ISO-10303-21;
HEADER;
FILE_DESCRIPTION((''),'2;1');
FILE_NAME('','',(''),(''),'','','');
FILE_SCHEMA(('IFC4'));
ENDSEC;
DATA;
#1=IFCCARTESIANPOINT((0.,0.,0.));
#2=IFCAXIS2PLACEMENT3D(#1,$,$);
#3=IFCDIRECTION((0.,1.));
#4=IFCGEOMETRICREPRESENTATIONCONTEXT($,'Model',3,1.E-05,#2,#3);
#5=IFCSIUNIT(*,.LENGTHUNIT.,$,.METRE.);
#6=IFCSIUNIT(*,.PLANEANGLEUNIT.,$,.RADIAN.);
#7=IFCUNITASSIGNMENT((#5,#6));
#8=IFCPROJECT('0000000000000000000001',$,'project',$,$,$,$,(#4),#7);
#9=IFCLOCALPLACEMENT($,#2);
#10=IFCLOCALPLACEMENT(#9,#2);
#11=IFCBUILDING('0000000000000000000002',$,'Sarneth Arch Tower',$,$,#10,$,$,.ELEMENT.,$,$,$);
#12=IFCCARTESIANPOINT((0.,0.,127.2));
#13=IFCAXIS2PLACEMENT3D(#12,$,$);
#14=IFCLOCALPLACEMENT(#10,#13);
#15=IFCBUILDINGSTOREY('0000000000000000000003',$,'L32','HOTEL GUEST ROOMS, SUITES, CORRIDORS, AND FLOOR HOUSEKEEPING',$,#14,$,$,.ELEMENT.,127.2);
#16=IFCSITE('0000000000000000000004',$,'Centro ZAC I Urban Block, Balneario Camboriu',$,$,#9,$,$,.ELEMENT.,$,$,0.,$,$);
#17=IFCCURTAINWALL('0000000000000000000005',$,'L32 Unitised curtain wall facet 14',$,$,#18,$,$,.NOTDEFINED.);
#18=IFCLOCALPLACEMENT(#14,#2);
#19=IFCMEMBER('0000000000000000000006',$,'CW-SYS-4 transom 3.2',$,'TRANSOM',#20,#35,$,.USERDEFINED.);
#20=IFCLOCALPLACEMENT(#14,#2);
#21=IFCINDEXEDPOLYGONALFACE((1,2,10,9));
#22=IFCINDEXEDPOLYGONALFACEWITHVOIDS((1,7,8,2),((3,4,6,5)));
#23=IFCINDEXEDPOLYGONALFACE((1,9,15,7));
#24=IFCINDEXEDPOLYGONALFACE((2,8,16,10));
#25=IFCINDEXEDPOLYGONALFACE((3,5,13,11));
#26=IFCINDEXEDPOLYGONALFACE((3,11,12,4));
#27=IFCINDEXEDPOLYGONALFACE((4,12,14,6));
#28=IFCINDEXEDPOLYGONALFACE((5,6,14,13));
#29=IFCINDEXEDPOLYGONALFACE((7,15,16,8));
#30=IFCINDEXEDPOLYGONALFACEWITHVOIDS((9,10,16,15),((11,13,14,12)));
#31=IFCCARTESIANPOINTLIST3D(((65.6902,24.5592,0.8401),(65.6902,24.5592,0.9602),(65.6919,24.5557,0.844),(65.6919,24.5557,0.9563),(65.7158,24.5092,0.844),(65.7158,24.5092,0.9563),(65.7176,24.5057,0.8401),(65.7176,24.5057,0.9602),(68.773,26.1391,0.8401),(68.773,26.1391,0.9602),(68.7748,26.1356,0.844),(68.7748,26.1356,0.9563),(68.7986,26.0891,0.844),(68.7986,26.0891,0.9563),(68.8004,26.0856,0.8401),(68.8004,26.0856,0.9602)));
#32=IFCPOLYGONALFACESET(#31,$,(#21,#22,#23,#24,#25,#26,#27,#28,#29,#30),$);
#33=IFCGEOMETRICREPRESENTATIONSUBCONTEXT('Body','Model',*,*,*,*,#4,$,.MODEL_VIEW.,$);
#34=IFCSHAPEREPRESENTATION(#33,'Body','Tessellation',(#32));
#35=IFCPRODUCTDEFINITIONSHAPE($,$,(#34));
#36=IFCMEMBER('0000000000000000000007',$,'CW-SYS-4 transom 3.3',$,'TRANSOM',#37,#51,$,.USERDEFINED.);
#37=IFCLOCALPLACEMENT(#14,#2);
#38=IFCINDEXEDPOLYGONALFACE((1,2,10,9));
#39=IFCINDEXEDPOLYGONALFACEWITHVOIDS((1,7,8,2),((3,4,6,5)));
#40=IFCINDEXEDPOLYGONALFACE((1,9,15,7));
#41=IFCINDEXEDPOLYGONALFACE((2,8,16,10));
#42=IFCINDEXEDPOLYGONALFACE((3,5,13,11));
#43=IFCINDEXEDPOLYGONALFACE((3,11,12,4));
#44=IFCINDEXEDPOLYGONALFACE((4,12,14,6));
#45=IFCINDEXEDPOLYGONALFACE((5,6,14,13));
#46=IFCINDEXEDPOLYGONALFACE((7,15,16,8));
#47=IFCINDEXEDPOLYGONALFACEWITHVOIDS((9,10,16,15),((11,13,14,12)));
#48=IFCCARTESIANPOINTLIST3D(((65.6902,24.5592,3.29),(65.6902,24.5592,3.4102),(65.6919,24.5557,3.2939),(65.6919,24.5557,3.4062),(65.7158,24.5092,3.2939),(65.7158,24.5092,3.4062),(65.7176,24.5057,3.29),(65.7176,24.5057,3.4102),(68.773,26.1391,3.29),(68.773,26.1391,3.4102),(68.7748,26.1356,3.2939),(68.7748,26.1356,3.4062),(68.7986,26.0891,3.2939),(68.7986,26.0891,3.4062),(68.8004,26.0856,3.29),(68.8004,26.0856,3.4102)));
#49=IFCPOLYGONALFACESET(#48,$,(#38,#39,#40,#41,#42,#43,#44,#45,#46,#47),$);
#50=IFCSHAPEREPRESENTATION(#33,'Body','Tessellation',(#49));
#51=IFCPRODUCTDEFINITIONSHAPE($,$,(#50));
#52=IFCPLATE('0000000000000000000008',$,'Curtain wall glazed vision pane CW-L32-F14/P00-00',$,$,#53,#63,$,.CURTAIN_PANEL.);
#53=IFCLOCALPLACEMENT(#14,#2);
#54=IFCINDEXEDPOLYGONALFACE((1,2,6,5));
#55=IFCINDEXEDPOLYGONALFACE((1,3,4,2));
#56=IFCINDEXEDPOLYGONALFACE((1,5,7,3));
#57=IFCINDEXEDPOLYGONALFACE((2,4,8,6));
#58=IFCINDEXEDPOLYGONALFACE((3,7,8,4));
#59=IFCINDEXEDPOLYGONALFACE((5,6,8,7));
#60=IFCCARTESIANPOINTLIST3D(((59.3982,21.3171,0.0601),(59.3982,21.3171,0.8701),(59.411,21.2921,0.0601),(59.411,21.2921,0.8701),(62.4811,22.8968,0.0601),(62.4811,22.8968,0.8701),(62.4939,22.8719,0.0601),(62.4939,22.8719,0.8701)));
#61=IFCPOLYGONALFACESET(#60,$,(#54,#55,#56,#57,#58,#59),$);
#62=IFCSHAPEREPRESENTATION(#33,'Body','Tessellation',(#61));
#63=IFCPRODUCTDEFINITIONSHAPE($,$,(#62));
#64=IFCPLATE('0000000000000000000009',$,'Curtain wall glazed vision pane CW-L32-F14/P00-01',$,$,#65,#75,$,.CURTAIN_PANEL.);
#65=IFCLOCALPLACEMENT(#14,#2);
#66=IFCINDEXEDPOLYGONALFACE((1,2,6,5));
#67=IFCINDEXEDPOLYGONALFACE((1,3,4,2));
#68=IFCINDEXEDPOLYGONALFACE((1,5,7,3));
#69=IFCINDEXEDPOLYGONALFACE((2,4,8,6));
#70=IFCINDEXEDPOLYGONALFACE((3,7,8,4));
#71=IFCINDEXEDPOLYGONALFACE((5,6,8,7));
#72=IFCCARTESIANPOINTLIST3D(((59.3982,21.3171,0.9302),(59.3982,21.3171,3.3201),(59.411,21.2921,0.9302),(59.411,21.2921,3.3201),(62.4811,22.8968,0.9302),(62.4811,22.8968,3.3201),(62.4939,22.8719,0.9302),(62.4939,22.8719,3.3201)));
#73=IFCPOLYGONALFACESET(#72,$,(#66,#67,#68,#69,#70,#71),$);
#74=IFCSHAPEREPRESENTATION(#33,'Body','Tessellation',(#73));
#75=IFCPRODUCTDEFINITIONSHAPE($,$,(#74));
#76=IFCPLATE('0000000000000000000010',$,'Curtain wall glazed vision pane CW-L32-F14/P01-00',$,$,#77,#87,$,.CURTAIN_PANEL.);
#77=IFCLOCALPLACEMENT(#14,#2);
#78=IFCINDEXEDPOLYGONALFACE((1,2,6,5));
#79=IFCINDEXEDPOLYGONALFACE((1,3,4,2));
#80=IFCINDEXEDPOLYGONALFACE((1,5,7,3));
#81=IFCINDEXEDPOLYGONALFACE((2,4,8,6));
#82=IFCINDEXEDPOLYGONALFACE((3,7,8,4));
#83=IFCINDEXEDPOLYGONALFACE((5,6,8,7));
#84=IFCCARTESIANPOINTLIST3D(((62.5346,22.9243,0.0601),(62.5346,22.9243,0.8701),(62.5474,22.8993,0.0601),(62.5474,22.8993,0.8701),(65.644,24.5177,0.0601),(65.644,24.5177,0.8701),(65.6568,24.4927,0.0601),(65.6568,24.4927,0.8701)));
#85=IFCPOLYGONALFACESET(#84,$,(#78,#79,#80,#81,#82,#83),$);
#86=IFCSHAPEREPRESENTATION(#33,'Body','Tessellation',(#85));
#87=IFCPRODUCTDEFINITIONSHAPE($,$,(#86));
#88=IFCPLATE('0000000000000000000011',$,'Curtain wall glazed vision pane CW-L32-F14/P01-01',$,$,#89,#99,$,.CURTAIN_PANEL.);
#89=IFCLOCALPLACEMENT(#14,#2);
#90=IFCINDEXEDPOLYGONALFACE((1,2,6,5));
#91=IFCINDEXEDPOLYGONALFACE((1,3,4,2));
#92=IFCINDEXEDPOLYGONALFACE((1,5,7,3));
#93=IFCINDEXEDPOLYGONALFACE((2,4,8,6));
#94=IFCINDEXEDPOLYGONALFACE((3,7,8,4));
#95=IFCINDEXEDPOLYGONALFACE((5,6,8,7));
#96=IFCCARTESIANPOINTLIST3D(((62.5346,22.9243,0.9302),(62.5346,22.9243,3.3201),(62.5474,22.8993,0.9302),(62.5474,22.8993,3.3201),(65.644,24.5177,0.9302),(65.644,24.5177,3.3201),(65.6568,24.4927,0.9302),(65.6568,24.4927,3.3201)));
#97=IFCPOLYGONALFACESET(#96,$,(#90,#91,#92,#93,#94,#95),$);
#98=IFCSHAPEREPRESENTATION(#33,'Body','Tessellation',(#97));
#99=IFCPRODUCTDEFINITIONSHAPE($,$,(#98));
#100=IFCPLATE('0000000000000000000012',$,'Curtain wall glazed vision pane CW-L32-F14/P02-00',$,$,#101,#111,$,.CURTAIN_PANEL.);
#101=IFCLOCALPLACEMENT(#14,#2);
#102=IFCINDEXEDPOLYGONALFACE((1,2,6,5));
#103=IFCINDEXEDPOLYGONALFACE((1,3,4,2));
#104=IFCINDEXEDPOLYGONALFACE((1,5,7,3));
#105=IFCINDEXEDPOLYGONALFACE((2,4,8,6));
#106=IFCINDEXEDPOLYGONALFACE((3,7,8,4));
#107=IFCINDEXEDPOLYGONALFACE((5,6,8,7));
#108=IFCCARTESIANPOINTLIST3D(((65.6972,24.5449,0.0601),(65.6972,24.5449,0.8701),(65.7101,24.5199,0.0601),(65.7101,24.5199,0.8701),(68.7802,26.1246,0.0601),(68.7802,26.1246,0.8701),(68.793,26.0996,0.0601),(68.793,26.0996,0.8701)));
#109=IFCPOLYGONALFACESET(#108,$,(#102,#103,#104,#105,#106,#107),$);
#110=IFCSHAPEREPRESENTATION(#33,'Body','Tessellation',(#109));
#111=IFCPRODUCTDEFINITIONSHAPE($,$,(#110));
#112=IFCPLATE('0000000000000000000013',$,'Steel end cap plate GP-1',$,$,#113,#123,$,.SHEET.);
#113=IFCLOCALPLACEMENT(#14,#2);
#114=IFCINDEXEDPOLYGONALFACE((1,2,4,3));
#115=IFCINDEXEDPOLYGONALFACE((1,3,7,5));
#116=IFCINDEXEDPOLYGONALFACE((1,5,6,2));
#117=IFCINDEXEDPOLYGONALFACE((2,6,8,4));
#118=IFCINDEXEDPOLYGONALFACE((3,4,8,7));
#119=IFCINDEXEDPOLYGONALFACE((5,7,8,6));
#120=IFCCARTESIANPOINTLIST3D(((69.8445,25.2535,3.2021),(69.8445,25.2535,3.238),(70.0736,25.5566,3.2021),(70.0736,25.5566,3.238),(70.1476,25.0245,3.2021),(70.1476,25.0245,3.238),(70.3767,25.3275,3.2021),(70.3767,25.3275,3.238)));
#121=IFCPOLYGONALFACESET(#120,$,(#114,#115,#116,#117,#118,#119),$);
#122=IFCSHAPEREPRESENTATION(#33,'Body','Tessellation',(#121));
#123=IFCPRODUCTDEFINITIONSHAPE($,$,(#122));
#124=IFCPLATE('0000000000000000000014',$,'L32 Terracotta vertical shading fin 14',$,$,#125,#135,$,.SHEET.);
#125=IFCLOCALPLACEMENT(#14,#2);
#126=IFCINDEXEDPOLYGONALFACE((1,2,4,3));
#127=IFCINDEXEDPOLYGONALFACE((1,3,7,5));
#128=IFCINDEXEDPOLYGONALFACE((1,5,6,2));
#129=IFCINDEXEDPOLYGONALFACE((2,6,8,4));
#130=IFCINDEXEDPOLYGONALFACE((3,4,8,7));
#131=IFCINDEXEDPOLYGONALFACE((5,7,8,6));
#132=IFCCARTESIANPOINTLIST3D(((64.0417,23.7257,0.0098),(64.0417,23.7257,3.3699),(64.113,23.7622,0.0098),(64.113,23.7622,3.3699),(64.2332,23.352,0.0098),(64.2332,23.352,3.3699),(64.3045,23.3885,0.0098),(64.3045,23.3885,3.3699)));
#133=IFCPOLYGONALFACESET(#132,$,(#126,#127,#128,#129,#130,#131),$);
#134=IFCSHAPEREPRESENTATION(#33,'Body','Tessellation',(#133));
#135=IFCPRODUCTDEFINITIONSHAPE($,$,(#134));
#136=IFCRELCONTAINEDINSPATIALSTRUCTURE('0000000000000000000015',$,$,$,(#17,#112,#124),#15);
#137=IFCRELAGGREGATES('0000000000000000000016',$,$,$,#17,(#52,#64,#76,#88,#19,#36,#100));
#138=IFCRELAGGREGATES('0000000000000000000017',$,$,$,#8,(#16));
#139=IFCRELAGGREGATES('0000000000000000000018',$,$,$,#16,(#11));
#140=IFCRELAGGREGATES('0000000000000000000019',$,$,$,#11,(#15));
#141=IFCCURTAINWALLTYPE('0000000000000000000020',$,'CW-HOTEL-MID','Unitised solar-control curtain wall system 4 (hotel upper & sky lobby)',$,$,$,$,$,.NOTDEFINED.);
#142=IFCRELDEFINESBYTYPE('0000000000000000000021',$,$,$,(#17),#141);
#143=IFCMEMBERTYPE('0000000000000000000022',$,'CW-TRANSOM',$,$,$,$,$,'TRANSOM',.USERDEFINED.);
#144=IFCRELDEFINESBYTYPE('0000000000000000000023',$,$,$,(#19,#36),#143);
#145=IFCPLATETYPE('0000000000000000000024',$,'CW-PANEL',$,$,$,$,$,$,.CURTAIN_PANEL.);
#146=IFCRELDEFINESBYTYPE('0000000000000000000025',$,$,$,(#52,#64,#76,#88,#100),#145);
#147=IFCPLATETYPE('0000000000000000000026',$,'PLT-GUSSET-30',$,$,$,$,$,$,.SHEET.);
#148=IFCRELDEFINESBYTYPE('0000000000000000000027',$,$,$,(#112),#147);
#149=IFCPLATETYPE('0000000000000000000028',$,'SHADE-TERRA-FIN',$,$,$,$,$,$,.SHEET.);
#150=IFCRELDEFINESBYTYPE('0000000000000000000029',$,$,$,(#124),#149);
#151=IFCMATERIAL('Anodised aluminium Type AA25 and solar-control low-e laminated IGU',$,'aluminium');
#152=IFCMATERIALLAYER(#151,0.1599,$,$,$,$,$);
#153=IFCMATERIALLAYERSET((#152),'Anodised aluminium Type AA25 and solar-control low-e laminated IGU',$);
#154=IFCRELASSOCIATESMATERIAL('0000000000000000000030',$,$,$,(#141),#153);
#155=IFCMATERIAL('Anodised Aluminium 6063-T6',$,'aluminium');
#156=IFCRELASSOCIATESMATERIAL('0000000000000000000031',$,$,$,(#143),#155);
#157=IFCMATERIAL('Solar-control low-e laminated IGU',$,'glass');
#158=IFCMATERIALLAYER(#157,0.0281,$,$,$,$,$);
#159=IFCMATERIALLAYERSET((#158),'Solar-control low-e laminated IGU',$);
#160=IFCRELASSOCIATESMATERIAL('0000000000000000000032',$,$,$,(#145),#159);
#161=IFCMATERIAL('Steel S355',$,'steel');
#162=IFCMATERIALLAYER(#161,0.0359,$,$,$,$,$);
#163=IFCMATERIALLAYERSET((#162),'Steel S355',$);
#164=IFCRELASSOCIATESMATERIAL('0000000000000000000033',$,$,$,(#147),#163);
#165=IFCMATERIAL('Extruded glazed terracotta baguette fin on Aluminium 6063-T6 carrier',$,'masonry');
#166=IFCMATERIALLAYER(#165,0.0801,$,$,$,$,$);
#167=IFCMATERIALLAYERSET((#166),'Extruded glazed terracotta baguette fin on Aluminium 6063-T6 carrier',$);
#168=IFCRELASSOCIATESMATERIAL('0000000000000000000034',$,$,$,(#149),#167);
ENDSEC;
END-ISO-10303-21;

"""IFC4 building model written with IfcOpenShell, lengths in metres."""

from ifc_helpers import new_model, si_unit, direction, frame, origin, origin_2d, place, context, subcontext, project, spatial, rectangle, hollow_rectangle, extrude, material, layer, layer_set, material_profile, profile_set, type_object, element, aggregate, save


model = new_model("IFC4")

# Units and contexts
model_context = context("Model", 3, precision=1e-05, world=origin(), true_north=direction((0.0, 1.0)))
body_context = subcontext(model_context, "Body", "Model", "MODEL_VIEW")
ifc_project = project(units=[si_unit("LENGTHUNIT", "METRE"), si_unit("PLANEANGLEUNIT", "RADIAN")], contexts=[model_context])

# Site, building, storey
site_placement = place(None, origin())
site = spatial("IfcSite", under=ifc_project, at=site_placement, Name="Centro ZAC I Urban Block, Balneario Camboriu", CompositionType="ELEMENT", RefElevation=0.0)
building_placement = place(site_placement, origin())
building = spatial("IfcBuilding", under=site, at=building_placement, Name="Sarneth Arch Tower", CompositionType="ELEMENT")
storey_placement = place(building_placement, frame((0.0, 0.0, 127.2)))
storey = spatial("IfcBuildingStorey", under=building, at=storey_placement, Name="L32", Description="HOTEL GUEST ROOMS, SUITES, CORRIDORS, AND FLOOR HOUSEKEEPING", CompositionType="ELEMENT", Elevation=127.2)

# Curtain wall, members, plates
ifc_material_1 = material(Name="Anodised aluminium Type AA25 and solar-control low-e laminated IGU", Category="aluminium")
ifc_layer_1 = layer(ifc_material_1, 0.1599)
ifc_layer_set_1 = layer_set([ifc_layer_1], Name="Anodised aluminium Type AA25 and solar-control low-e laminated IGU")
curtain_wall_type = type_object("IfcCurtainWallType", Name="CW-HOTEL-MID", Description="Unitised solar-control curtain wall system 4 (hotel upper & sky lobby)", PredefinedType="NOTDEFINED", material=ifc_layer_set_1)
curtain_wall_placement = place(storey_placement, origin())
curtain_wall = element("IfcCurtainWall", 1, at=curtain_wall_placement, inside=storey, type_object=curtain_wall_type, Name="L32 Unitised curtain wall facet 14", PredefinedType="NOTDEFINED")
ifc_material_2 = material(Name="Anodised Aluminium 6063-T6", Category="aluminium")
ifc_material_profile_1 = material_profile(ifc_material_2, hollow_rectangle(XDim=0.0601, YDim=0.1201, WallThickness=0.0039, at=origin_2d()), Name="AL-TRAN-120x60x4")
ifc_profile_set_1 = profile_set([ifc_material_profile_1], Name="Anodised Aluminium 6063-T6")
member_type_1 = type_object("IfcMemberType", Name="CW-TRANSOM", ElementType="TRANSOM", PredefinedType="USERDEFINED", material=ifc_profile_set_1)
member_1_placement = place(storey_placement, frame((65.7039, 24.5325, 0.9001), z_axis=(0.889943, 0.456072, 0.0), x_axis=(-0.456072, 0.889943, 0.0)))
member_1 = element("IfcMember", 2, at=member_1_placement, type_object=member_type_1, Name="CW-SYS-4 transom 3.2", ObjectType="TRANSOM", PredefinedType="USERDEFINED", context=body_context, shape_type="SweptSolid", body=[
    extrude(hollow_rectangle(XDim=0.0601, YDim=0.1201, WallThickness=0.0039, at=origin_2d()), origin(), (0.0, 0.0, 1.0), 3.4641),
])
member_2_placement = place(storey_placement, frame((65.7039, 24.5325, 3.3501), z_axis=(0.889943, 0.456072, 0.0), x_axis=(-0.456072, 0.889943, 0.0)))
member_2 = element("IfcMember", 3, at=member_2_placement, type_object=member_type_1, Name="CW-SYS-4 transom 3.3", ObjectType="TRANSOM", PredefinedType="USERDEFINED", context=body_context, shape_type="SweptSolid", body=[
    extrude(hollow_rectangle(XDim=0.0601, YDim=0.1201, WallThickness=0.0039, at=origin_2d()), origin(), (0.0, 0.0, 1.0), 3.4641),
])
ifc_material_3 = material(Name="Solar-control low-e laminated IGU", Category="glass")
ifc_layer_2 = layer(ifc_material_3, 0.0281)
ifc_layer_set_2 = layer_set([ifc_layer_2], Name="Solar-control low-e laminated IGU")
plate_type_1 = type_object("IfcPlateType", Name="CW-PANEL", PredefinedType="CURTAIN_PANEL", material=ifc_layer_set_2)
plate_1_placement = place(storey_placement, frame((60.946, 22.0945, 0.0601), z_axis=(0.0, 0.0, 1.0), x_axis=(0.889964, 0.456031, 0.0)))
plate_1 = element("IfcPlate", 4, at=plate_1_placement, type_object=plate_type_1, Name="Curtain wall glazed vision pane CW-L32-F14/P00-00", PredefinedType="CURTAIN_PANEL", context=body_context, shape_type="SweptSolid", body=[
    extrude(rectangle(XDim=3.4641, YDim=0.0281, at=origin_2d()), origin(), (0.0, 0.0, 1.0), 0.8101),
])
plate_2_placement = place(storey_placement, frame((60.946, 22.0945, 0.9302), z_axis=(0.0, 0.0, 1.0), x_axis=(0.889964, 0.456031, 0.0)))
plate_2 = element("IfcPlate", 5, at=plate_2_placement, type_object=plate_type_1, Name="Curtain wall glazed vision pane CW-L32-F14/P00-01", PredefinedType="CURTAIN_PANEL", context=body_context, shape_type="SweptSolid", body=[
    extrude(rectangle(XDim=3.4641, YDim=0.0281, at=origin_2d()), origin(), (0.0, 0.0, 1.0), 2.3899),
])
plate_3_placement = place(storey_placement, frame((64.0957, 23.7085, 0.0601), z_axis=(0.0, 0.0, 1.0), x_axis=(0.889964, 0.456031, 0.0)))
plate_3 = element("IfcPlate", 6, at=plate_3_placement, type_object=plate_type_1, Name="Curtain wall glazed vision pane CW-L32-F14/P01-00", PredefinedType="CURTAIN_PANEL", context=body_context, shape_type="SweptSolid", body=[
    extrude(rectangle(XDim=3.4939, YDim=0.0281, at=origin_2d()), origin(), (0.0, 0.0, 1.0), 0.8101),
])
plate_4_placement = place(storey_placement, frame((64.0957, 23.7085, 0.9302), z_axis=(0.0, 0.0, 1.0), x_axis=(0.889964, 0.456031, 0.0)))
plate_4 = element("IfcPlate", 7, at=plate_4_placement, type_object=plate_type_1, Name="Curtain wall glazed vision pane CW-L32-F14/P01-01", PredefinedType="CURTAIN_PANEL", context=body_context, shape_type="SweptSolid", body=[
    extrude(rectangle(XDim=3.4939, YDim=0.0281, at=origin_2d()), origin(), (0.0, 0.0, 1.0), 2.3899),
])
plate_5_placement = place(storey_placement, frame((67.2451, 25.3223, 0.0601), z_axis=(0.0, 0.0, 1.0), x_axis=(0.889964, 0.456031, 0.0)))
plate_5 = element("IfcPlate", 8, at=plate_5_placement, type_object=plate_type_1, Name="Curtain wall glazed vision pane CW-L32-F14/P02-00", PredefinedType="CURTAIN_PANEL", context=body_context, shape_type="SweptSolid", body=[
    extrude(rectangle(XDim=3.4641, YDim=0.0281, at=origin_2d()), origin(), (0.0, 0.0, 1.0), 0.8101),
])
aggregate(curtain_wall, [plate_1, plate_2, plate_3, plate_4, member_1, member_2, plate_5])

# Plates
ifc_material_4 = material(Name="Steel S355", Category="steel")
ifc_layer_3 = layer(ifc_material_4, 0.0359)
ifc_layer_set_3 = layer_set([ifc_layer_3], Name="Steel S355")
plate_type_2 = type_object("IfcPlateType", Name="PLT-GUSSET-30", PredefinedType="SHEET", material=ifc_layer_set_3)
plate_6_placement = place(storey_placement, frame((70.1106, 25.2905, 3.2021), z_axis=(0.0, 0.0, 1.0), x_axis=(0.797794, -0.60293, 0.0)))
element("IfcPlate", 9, at=plate_6_placement, inside=storey, type_object=plate_type_2, Name="Steel end cap plate GP-1", PredefinedType="SHEET", context=body_context, shape_type="SweptSolid", body=[
    extrude(rectangle(XDim=0.3799, YDim=0.3799, at=origin_2d()), origin(), (0.0, 0.0, 1.0), 0.0359),
])
ifc_material_5 = material(Name="Extruded glazed terracotta baguette fin on Aluminium 6063-T6 carrier", Category="masonry")
ifc_layer_4 = layer(ifc_material_5, 0.0801)
ifc_layer_set_4 = layer_set([ifc_layer_4], Name="Extruded glazed terracotta baguette fin on Aluminium 6063-T6 carrier")
plate_type_3 = type_object("IfcPlateType", Name="SHADE-TERRA-FIN", PredefinedType="SHEET", material=ifc_layer_set_4)
plate_7_placement = place(storey_placement, frame((64.1731, 23.5571, 0.0098), z_axis=(0.0, 0.0, 1.0), x_axis=(0.456011, -0.889974, 0.0)))
element("IfcPlate", 10, at=plate_7_placement, inside=storey, type_object=plate_type_3, Name="L32 Terracotta vertical shading fin 14", PredefinedType="SHEET", context=body_context, shape_type="SweptSolid", body=[
    extrude(rectangle(XDim=0.4199, YDim=0.0801, at=origin_2d()), origin(), (0.0, 0.0, 1.0), 3.3601),
])

save(model, "model.ifc")
